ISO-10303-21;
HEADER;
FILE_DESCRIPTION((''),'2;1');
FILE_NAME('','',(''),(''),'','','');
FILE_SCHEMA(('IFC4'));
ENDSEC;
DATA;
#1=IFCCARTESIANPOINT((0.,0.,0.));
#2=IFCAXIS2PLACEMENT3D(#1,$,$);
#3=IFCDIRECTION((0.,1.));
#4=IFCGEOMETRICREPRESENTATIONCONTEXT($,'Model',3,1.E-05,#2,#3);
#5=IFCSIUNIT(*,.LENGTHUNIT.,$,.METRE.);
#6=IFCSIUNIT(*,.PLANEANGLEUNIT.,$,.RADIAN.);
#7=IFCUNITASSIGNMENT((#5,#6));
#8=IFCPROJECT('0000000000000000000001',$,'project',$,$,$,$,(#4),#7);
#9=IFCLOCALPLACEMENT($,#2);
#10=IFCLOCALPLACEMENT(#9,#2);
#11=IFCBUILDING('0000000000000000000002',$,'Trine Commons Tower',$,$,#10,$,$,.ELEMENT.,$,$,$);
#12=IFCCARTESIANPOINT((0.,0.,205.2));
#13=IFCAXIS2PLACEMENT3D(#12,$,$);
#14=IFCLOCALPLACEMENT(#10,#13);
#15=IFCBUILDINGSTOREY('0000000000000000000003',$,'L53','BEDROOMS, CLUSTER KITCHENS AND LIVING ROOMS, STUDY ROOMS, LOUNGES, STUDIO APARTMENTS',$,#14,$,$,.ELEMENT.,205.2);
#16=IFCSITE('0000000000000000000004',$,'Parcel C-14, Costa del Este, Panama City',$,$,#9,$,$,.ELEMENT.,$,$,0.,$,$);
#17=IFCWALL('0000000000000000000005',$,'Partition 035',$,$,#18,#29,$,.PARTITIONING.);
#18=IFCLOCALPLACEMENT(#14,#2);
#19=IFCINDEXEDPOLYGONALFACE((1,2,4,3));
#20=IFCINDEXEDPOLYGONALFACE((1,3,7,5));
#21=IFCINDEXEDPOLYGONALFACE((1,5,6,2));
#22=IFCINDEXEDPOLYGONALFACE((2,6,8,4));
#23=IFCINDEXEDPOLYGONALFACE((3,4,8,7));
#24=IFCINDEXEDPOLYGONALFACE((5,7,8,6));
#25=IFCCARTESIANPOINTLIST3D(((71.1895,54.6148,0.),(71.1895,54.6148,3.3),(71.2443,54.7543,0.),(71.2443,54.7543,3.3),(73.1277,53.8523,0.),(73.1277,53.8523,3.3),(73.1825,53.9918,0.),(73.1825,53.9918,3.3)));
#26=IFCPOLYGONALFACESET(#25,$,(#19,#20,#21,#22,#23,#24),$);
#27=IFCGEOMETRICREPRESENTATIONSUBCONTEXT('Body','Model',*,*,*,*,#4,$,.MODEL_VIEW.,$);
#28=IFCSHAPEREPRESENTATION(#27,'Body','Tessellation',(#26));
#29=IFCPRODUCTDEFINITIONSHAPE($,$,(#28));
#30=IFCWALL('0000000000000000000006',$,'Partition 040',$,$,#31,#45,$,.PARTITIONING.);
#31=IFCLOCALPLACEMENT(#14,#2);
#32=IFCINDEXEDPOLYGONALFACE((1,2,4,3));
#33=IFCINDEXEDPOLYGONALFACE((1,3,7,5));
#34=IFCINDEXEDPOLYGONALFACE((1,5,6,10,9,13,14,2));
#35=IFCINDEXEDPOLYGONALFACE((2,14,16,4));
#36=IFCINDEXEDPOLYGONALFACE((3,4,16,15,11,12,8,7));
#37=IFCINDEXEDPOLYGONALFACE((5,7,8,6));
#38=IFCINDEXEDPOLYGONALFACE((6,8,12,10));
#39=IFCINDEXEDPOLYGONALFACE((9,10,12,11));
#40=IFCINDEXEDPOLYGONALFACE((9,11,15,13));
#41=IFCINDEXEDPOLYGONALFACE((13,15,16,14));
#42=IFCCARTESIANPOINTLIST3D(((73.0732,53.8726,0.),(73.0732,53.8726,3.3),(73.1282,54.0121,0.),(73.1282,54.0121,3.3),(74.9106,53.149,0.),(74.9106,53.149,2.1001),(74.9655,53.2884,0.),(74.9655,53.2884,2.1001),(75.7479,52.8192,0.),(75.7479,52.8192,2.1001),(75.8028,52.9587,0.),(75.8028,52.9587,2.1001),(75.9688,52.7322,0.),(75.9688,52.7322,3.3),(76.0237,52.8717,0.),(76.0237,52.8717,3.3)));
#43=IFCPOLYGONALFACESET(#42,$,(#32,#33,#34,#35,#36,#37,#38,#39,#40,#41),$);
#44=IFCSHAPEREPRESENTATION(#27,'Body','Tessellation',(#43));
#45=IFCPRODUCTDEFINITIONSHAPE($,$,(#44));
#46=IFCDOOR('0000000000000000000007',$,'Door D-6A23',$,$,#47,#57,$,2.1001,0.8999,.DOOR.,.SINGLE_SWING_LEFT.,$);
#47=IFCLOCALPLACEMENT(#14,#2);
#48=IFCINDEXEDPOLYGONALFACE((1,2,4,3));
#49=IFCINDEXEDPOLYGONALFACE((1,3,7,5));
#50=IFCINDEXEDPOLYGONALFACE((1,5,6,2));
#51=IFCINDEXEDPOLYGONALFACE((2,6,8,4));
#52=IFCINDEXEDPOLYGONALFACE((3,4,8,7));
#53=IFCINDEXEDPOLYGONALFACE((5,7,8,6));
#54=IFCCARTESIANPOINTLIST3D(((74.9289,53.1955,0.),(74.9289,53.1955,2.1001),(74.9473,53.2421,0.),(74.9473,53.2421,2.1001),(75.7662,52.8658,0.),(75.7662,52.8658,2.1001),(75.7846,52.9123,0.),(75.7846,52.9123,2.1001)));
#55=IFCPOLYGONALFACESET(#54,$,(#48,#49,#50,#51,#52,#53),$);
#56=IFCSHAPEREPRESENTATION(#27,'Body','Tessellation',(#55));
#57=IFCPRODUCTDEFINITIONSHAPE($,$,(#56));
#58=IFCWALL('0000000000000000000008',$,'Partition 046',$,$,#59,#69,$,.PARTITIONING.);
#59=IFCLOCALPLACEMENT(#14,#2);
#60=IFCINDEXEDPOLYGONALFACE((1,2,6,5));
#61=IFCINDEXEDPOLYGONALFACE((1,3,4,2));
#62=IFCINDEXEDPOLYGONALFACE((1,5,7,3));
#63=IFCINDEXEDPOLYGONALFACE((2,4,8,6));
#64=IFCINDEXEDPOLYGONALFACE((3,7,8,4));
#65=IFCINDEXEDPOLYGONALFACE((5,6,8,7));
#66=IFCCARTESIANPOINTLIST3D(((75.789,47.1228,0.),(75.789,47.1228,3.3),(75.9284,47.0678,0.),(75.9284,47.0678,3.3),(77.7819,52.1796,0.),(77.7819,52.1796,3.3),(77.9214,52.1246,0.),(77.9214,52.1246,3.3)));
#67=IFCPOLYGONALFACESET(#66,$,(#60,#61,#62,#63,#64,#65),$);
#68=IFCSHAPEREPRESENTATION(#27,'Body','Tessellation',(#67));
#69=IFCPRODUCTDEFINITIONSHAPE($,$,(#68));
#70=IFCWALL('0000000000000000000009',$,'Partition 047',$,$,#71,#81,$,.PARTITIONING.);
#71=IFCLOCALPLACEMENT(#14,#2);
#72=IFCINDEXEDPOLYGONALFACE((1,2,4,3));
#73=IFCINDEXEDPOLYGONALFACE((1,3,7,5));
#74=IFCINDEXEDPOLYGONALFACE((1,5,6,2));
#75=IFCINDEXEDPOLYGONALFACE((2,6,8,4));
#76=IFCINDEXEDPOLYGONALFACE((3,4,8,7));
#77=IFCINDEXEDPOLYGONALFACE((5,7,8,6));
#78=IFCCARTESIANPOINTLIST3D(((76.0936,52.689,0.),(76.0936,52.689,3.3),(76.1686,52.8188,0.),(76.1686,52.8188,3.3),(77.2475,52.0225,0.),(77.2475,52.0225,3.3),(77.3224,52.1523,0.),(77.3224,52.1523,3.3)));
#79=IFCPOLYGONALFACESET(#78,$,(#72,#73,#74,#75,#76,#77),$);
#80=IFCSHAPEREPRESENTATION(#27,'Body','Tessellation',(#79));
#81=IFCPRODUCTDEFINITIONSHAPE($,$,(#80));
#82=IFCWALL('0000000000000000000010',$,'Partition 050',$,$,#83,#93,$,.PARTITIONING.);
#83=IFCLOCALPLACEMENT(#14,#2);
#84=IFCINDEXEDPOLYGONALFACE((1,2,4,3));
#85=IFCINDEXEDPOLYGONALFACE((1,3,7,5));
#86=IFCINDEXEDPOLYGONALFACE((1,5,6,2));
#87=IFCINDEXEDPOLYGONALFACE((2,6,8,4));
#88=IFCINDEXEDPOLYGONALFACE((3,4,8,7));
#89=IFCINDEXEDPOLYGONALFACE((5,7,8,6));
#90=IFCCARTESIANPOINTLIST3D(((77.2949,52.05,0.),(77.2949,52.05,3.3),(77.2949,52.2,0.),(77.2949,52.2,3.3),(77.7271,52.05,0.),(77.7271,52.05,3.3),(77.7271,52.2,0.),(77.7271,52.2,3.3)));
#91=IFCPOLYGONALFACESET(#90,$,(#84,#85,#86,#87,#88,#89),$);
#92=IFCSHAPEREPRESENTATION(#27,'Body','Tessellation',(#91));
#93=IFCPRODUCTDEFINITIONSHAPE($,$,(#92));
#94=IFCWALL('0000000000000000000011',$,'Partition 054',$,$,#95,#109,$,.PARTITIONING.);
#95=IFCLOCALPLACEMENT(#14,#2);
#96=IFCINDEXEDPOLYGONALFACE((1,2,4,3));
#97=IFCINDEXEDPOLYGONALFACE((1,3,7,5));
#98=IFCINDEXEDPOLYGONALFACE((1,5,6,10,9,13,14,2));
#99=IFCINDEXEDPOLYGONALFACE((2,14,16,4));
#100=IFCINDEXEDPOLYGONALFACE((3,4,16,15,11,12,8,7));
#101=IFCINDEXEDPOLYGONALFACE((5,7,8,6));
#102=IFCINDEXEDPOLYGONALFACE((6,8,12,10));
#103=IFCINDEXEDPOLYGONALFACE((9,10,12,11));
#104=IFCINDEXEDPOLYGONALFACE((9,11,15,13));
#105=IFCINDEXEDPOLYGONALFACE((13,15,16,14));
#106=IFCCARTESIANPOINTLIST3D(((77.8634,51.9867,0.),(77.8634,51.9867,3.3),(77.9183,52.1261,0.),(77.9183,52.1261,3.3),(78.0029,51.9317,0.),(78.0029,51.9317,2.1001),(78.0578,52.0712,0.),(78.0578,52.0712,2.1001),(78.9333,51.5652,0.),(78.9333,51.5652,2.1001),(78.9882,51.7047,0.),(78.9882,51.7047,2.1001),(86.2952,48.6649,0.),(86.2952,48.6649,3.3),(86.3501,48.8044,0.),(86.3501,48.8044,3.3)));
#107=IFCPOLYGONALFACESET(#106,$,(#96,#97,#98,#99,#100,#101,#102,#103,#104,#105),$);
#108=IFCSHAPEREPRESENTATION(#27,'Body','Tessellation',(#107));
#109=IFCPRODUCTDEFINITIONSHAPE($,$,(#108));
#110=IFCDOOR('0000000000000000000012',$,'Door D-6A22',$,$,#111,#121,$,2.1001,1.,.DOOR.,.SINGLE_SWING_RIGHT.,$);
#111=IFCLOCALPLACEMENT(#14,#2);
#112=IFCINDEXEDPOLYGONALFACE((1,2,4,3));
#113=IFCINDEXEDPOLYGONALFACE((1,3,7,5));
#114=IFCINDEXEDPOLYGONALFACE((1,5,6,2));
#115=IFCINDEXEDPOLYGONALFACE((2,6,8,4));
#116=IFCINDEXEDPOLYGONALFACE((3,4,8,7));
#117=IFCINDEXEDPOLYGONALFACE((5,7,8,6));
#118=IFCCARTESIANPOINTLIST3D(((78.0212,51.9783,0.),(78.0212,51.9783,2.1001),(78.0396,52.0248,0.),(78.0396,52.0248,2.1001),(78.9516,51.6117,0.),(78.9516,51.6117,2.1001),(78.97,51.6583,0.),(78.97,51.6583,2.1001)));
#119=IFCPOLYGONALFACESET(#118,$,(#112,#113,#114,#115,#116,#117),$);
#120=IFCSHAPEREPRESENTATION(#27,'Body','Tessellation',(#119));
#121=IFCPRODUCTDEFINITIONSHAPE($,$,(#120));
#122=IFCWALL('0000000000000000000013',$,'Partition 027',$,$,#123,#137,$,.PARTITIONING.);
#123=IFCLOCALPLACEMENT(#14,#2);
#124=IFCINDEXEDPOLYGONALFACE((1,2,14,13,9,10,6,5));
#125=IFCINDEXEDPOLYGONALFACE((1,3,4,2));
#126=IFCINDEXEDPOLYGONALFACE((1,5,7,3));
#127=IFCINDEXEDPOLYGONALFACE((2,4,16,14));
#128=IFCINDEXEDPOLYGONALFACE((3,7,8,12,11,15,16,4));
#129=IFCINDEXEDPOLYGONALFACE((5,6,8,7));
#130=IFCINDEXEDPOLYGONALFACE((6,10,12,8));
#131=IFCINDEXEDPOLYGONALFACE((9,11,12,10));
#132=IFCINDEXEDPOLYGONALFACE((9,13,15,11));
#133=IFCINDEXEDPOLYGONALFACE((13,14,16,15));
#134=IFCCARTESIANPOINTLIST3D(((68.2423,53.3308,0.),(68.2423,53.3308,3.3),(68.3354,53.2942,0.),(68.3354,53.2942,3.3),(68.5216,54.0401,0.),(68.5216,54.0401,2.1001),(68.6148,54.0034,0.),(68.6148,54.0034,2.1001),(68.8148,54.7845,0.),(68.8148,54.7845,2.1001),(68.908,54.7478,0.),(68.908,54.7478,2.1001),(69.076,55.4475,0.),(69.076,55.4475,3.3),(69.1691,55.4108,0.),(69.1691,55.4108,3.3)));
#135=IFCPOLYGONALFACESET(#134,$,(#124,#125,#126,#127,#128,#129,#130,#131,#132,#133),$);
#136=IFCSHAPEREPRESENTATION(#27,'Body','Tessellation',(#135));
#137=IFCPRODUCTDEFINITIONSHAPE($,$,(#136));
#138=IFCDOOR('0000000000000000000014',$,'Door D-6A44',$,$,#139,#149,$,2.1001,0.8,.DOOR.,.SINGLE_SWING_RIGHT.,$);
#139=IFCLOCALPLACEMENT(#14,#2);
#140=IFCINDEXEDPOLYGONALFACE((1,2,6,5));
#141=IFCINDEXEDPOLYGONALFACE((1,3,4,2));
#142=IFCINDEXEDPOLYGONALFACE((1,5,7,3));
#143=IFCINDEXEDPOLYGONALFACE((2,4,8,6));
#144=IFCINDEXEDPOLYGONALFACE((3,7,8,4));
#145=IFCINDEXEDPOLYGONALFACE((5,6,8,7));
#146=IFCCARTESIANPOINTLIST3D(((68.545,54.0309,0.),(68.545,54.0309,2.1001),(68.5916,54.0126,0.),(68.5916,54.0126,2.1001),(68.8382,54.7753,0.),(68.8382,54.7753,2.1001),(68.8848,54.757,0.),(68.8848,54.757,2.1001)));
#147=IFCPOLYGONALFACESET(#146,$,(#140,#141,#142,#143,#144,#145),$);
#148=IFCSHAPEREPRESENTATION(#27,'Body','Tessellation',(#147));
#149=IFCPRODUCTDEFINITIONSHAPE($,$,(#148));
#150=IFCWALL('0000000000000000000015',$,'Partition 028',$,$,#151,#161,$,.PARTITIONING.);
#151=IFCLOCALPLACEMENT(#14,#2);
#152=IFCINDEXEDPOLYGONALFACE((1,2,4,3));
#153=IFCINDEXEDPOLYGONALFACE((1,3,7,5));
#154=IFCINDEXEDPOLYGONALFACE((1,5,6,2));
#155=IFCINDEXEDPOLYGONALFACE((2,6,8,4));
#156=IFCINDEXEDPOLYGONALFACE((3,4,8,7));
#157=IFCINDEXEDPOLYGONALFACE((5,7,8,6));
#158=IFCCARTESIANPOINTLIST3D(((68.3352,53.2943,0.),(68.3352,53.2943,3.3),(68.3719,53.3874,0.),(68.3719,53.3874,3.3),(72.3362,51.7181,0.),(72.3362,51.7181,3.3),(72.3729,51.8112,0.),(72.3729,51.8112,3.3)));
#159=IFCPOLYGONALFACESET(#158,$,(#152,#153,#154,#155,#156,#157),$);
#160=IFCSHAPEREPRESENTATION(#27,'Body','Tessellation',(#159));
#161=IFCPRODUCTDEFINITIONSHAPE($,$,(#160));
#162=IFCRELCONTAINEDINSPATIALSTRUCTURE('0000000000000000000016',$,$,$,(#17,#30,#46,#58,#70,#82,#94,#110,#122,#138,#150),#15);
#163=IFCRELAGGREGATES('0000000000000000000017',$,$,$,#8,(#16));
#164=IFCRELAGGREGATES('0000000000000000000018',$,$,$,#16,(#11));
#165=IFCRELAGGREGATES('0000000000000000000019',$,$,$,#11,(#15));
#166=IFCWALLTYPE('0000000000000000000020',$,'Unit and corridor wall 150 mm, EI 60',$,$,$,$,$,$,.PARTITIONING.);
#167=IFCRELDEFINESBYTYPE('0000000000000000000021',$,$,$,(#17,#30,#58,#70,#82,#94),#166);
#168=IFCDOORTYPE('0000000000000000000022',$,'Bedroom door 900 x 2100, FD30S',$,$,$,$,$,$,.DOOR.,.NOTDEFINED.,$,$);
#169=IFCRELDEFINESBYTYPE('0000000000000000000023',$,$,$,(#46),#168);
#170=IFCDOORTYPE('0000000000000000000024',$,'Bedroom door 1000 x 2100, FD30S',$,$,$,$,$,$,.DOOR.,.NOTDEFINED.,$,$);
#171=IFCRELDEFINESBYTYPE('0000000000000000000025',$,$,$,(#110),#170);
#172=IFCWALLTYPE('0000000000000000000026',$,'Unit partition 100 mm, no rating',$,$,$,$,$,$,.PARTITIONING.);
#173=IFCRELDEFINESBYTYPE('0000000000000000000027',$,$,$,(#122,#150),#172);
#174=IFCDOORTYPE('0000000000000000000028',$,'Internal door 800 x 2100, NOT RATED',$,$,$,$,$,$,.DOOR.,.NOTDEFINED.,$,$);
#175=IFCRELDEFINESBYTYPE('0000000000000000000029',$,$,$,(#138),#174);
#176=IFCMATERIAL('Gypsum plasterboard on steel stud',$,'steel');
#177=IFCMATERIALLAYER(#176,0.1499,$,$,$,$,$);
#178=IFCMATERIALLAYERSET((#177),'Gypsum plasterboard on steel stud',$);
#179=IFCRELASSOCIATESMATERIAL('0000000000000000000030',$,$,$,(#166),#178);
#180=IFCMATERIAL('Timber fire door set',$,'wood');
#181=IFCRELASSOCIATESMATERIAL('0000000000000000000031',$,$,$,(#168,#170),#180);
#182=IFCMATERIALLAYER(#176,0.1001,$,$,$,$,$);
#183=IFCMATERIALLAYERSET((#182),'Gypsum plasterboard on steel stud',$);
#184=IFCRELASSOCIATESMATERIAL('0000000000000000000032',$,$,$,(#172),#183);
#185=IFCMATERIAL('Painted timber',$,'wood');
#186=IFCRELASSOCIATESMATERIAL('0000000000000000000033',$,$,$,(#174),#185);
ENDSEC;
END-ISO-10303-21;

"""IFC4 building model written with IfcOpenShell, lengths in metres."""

from ifc_helpers import new_model, si_unit, direction, frame, frame_2d, origin, place, context, subcontext, project, spatial, rectangle, extrude, material, layer, layer_set, type_object, element, fill, save


model = new_model("IFC4")

# Units and contexts
model_context = context("Model", 3, precision=1e-05, world=origin(), true_north=direction((0.0, 1.0)))
body_context = subcontext(model_context, "Body", "Model", "MODEL_VIEW")
ifc_project = project(units=[si_unit("LENGTHUNIT", "METRE"), si_unit("PLANEANGLEUNIT", "RADIAN")], contexts=[model_context])

# Site, building, storey
site_placement = place(None, origin())
site = spatial("IfcSite", under=ifc_project, at=site_placement, Name="Parcel C-14, Costa del Este, Panama City", CompositionType="ELEMENT", RefElevation=0.0)
building_placement = place(site_placement, origin())
building = spatial("IfcBuilding", under=site, at=building_placement, Name="Trine Commons Tower", CompositionType="ELEMENT")
storey_placement = place(building_placement, frame((0.0, 0.0, 205.2)))
storey = spatial("IfcBuildingStorey", under=building, at=storey_placement, Name="L53", Description="BEDROOMS, CLUSTER KITCHENS AND LIVING ROOMS, STUDY ROOMS, LOUNGES, STUDIO APARTMENTS", CompositionType="ELEMENT", Elevation=205.2)

# Wall
ifc_material_1 = material(Name="Gypsum plasterboard on steel stud", Category="steel")
ifc_layer_1 = layer(ifc_material_1, 0.1499)
ifc_layer_set_1 = layer_set([ifc_layer_1], Name="Gypsum plasterboard on steel stud")
wall_type_1 = type_object("IfcWallType", Name="Unit and corridor wall 150 mm, EI 60", PredefinedType="PARTITIONING", material=ifc_layer_set_1)
wall_1_placement = place(storey_placement, frame((71.2168, 54.6846, 0.0), z_axis=(0.0, 0.0, 1.0), x_axis=(0.930588, -0.366069, 0.0)))
element("IfcWall", 1, at=wall_1_placement, inside=storey, type_object=wall_type_1, Name="Partition 035", PredefinedType="PARTITIONING", context=body_context, shape_type="SweptSolid", body=[
    extrude(rectangle(XDim=2.0828, YDim=0.1499, at=frame_2d((1.0415, 0.0))), origin(), (0.0, 0.0, 1.0), 3.3),
])

# Wall, opening, door
wall_2_placement = place(storey_placement, frame((73.1006, 53.9424, 0.0), z_axis=(0.0, 0.0, 1.0), x_axis=(0.930438, -0.366448, 0.0)))
wall_2 = element("IfcWall", 2, at=wall_2_placement, inside=storey, type_object=wall_type_1, Name="Partition 040", PredefinedType="PARTITIONING", context=body_context, shape_type="SweptSolid", body=[
    extrude(rectangle(XDim=3.1121, YDim=0.1499, at=frame_2d((1.5562, 0.0))), origin(), (0.0, 0.0, 1.0), 3.3),
])
opening_1_placement = place(wall_2_placement, frame((1.9749, 0.0, 0.0)))
opening_1 = element("IfcOpeningElement", 3, at=opening_1_placement, cuts=wall_2, PredefinedType="OPENING", context=body_context, shape_type="SweptSolid", body=[
    extrude(rectangle(XDim=0.8999, YDim=2.1001, at=frame_2d((0.45, 1.05))), frame((0.0, 0.085, 0.0), z_axis=(0.0, -1.0, 0.0), x_axis=(1.0, 0.0, 0.0)), (0.0, 0.0, 1.0), 0.1699),
])
ifc_material_2 = material(Name="Timber fire door set", Category="wood")
door_type_1 = type_object("IfcDoorType", Name="Bedroom door 900 x 2100, FD30S", OperationType="NOTDEFINED", PredefinedType="DOOR", material=ifc_material_2)
door_1_placement = place(opening_1_placement, frame((0.8999, 0.0, 0.0), z_axis=(0.0, 0.0, 1.0), x_axis=(-1.0, 0.0, 0.0)))
door_1 = element("IfcDoor", 4, at=door_1_placement, inside=storey, type_object=door_type_1, Name="Door D-6A23", OperationType="SINGLE_SWING_LEFT", OverallHeight=2.1001, OverallWidth=0.8999, PredefinedType="DOOR", context=body_context, shape_type="SweptSolid", body=[
    extrude(rectangle(XDim=0.8999, YDim=2.1001, at=frame_2d((0.45, 1.05))), frame((0.0, 0.0249, 0.0), z_axis=(0.0, -1.0, 0.0), x_axis=(1.0, 0.0, 0.0)), (0.0, 0.0, 1.0), 0.05),
])
fill(opening_1, door_1)

# Walls
wall_3_placement = place(storey_placement, frame((75.8586, 47.0952, 0.0), z_axis=(0.0, 0.0, 1.0), x_axis=(0.366669, 0.930351, 0.0)))
element("IfcWall", 5, at=wall_3_placement, inside=storey, type_object=wall_type_1, Name="Partition 046", PredefinedType="PARTITIONING", context=body_context, shape_type="SweptSolid", body=[
    extrude(rectangle(XDim=5.4353, YDim=0.1499, at=frame_2d((2.7178, 0.0))), origin(), (0.0, 0.0, 1.0), 3.3),
])
wall_4_placement = place(storey_placement, frame((76.1311, 52.7539, 0.0), z_axis=(0.0, 0.0, 1.0), x_axis=(0.865911, -0.500198, 0.0)))
element("IfcWall", 6, at=wall_4_placement, inside=storey, type_object=wall_type_1, Name="Partition 047", PredefinedType="PARTITIONING", context=body_context, shape_type="SweptSolid", body=[
    extrude(rectangle(XDim=1.3325, YDim=0.1499, at=frame_2d((0.6663, 0.0))), origin(), (0.0, 0.0, 1.0), 3.3),
])
wall_5_placement = place(storey_placement, frame((77.2949, 52.125, 0.0), z_axis=(0.0, 0.0, 1.0), x_axis=(1.0, 0.0, 0.0)))
element("IfcWall", 7, at=wall_5_placement, inside=storey, type_object=wall_type_1, Name="Partition 050", PredefinedType="PARTITIONING", context=body_context, shape_type="SweptSolid", body=[
    extrude(rectangle(XDim=0.4321, YDim=0.1499, at=frame_2d((0.2161, 0.0))), origin(), (0.0, 0.0, 1.0), 3.3),
])

# Walls, openings, doors
wall_6_placement = place(storey_placement, frame((77.8909, 52.0564, 0.0), z_axis=(0.0, 0.0, 1.0), x_axis=(0.930404, -0.366537, 0.0)))
wall_6 = element("IfcWall", 8, at=wall_6_placement, inside=storey, type_object=wall_type_1, Name="Partition 054", PredefinedType="PARTITIONING", context=body_context, shape_type="SweptSolid", body=[
    extrude(rectangle(XDim=9.0625, YDim=0.1499, at=frame_2d((4.5312, 0.0))), origin(), (0.0, 0.0, 1.0), 3.3),
])
opening_2_placement = place(wall_6_placement, frame((0.1499, 0.0, 0.0)))
opening_2 = element("IfcOpeningElement", 9, at=opening_2_placement, cuts=wall_6, PredefinedType="OPENING", context=body_context, shape_type="SweptSolid", body=[
    extrude(rectangle(XDim=1.0, YDim=2.1001, at=frame_2d((0.5, 1.05))), frame((0.0, 0.085, 0.0), z_axis=(0.0, -1.0, 0.0), x_axis=(1.0, 0.0, 0.0)), (0.0, 0.0, 1.0), 0.1699),
])
door_type_2 = type_object("IfcDoorType", Name="Bedroom door 1000 x 2100, FD30S", OperationType="NOTDEFINED", PredefinedType="DOOR", material=ifc_material_2)
door_2_placement = place(opening_2_placement, frame((1.0, 0.0, 0.0), z_axis=(0.0, 0.0, 1.0), x_axis=(-1.0, 0.0, 0.0)))
door_2 = element("IfcDoor", 10, at=door_2_placement, inside=storey, type_object=door_type_2, Name="Door D-6A22", OperationType="SINGLE_SWING_RIGHT", OverallHeight=2.1001, OverallWidth=1.0, PredefinedType="DOOR", context=body_context, shape_type="SweptSolid", body=[
    extrude(rectangle(XDim=1.0, YDim=2.1001, at=frame_2d((0.5, 1.05))), frame((0.0, 0.0249, 0.0), z_axis=(0.0, -1.0, 0.0), x_axis=(1.0, 0.0, 0.0)), (0.0, 0.0, 1.0), 0.05),
])
fill(opening_2, door_2)
ifc_layer_2 = layer(ifc_material_1, 0.1001)
ifc_layer_set_2 = layer_set([ifc_layer_2], Name="Gypsum plasterboard on steel stud")
wall_type_2 = type_object("IfcWallType", Name="Unit partition 100 mm, no rating", PredefinedType="PARTITIONING", material=ifc_layer_set_2)
wall_7_placement = place(storey_placement, frame((68.2888, 53.3125, 0.0), z_axis=(0.0, 0.0, 1.0), x_axis=(0.366482, 0.930425, 0.0)))
wall_7 = element("IfcWall", 11, at=wall_7_placement, inside=storey, type_object=wall_type_2, Name="Partition 027", PredefinedType="PARTITIONING", context=body_context, shape_type="SweptSolid", body=[
    extrude(rectangle(XDim=2.2749, YDim=0.1001, at=frame_2d((1.1375, 0.0))), origin(), (0.0, 0.0, 1.0), 3.3),
])
opening_3_placement = place(wall_7_placement, frame((0.7625, 0.0, 0.0)))
opening_3 = element("IfcOpeningElement", 12, at=opening_3_placement, cuts=wall_7, PredefinedType="OPENING", context=body_context, shape_type="SweptSolid", body=[
    extrude(rectangle(XDim=0.8, YDim=2.1001, at=frame_2d((0.3999, 1.05))), frame((0.0, 0.0601, 0.0), z_axis=(0.0, -1.0, 0.0), x_axis=(1.0, 0.0, 0.0)), (0.0, 0.0, 1.0), 0.1201),
])
ifc_material_3 = material(Name="Painted timber", Category="wood")
door_type_3 = type_object("IfcDoorType", Name="Internal door 800 x 2100, NOT RATED", OperationType="NOTDEFINED", PredefinedType="DOOR", material=ifc_material_3)
door_3_placement = place(opening_3_placement, origin())
door_3 = element("IfcDoor", 13, at=door_3_placement, inside=storey, type_object=door_type_3, Name="Door D-6A44", OperationType="SINGLE_SWING_RIGHT", OverallHeight=2.1001, OverallWidth=0.8, PredefinedType="DOOR", context=body_context, shape_type="SweptSolid", body=[
    extrude(rectangle(XDim=0.8, YDim=2.1001, at=frame_2d((0.3999, 1.05))), frame((0.0, 0.0249, 0.0), z_axis=(0.0, -1.0, 0.0), x_axis=(1.0, 0.0, 0.0)), (0.0, 0.0, 1.0), 0.05),
])
fill(opening_3, door_3)

# Wall
wall_8_placement = place(storey_placement, frame((68.3535, 53.3408, 0.0), z_axis=(0.0, 0.0, 1.0), x_axis=(0.930406, -0.36653, 0.0)))
element("IfcWall", 14, at=wall_8_placement, inside=storey, type_object=wall_type_2, Name="Partition 028", PredefinedType="PARTITIONING", context=body_context, shape_type="SweptSolid", body=[
    extrude(rectangle(XDim=4.3003, YDim=0.1001, at=frame_2d((2.1501, 0.0))), origin(), (0.0, 0.0, 1.0), 3.3),
])

save(model, "model.ifc")
